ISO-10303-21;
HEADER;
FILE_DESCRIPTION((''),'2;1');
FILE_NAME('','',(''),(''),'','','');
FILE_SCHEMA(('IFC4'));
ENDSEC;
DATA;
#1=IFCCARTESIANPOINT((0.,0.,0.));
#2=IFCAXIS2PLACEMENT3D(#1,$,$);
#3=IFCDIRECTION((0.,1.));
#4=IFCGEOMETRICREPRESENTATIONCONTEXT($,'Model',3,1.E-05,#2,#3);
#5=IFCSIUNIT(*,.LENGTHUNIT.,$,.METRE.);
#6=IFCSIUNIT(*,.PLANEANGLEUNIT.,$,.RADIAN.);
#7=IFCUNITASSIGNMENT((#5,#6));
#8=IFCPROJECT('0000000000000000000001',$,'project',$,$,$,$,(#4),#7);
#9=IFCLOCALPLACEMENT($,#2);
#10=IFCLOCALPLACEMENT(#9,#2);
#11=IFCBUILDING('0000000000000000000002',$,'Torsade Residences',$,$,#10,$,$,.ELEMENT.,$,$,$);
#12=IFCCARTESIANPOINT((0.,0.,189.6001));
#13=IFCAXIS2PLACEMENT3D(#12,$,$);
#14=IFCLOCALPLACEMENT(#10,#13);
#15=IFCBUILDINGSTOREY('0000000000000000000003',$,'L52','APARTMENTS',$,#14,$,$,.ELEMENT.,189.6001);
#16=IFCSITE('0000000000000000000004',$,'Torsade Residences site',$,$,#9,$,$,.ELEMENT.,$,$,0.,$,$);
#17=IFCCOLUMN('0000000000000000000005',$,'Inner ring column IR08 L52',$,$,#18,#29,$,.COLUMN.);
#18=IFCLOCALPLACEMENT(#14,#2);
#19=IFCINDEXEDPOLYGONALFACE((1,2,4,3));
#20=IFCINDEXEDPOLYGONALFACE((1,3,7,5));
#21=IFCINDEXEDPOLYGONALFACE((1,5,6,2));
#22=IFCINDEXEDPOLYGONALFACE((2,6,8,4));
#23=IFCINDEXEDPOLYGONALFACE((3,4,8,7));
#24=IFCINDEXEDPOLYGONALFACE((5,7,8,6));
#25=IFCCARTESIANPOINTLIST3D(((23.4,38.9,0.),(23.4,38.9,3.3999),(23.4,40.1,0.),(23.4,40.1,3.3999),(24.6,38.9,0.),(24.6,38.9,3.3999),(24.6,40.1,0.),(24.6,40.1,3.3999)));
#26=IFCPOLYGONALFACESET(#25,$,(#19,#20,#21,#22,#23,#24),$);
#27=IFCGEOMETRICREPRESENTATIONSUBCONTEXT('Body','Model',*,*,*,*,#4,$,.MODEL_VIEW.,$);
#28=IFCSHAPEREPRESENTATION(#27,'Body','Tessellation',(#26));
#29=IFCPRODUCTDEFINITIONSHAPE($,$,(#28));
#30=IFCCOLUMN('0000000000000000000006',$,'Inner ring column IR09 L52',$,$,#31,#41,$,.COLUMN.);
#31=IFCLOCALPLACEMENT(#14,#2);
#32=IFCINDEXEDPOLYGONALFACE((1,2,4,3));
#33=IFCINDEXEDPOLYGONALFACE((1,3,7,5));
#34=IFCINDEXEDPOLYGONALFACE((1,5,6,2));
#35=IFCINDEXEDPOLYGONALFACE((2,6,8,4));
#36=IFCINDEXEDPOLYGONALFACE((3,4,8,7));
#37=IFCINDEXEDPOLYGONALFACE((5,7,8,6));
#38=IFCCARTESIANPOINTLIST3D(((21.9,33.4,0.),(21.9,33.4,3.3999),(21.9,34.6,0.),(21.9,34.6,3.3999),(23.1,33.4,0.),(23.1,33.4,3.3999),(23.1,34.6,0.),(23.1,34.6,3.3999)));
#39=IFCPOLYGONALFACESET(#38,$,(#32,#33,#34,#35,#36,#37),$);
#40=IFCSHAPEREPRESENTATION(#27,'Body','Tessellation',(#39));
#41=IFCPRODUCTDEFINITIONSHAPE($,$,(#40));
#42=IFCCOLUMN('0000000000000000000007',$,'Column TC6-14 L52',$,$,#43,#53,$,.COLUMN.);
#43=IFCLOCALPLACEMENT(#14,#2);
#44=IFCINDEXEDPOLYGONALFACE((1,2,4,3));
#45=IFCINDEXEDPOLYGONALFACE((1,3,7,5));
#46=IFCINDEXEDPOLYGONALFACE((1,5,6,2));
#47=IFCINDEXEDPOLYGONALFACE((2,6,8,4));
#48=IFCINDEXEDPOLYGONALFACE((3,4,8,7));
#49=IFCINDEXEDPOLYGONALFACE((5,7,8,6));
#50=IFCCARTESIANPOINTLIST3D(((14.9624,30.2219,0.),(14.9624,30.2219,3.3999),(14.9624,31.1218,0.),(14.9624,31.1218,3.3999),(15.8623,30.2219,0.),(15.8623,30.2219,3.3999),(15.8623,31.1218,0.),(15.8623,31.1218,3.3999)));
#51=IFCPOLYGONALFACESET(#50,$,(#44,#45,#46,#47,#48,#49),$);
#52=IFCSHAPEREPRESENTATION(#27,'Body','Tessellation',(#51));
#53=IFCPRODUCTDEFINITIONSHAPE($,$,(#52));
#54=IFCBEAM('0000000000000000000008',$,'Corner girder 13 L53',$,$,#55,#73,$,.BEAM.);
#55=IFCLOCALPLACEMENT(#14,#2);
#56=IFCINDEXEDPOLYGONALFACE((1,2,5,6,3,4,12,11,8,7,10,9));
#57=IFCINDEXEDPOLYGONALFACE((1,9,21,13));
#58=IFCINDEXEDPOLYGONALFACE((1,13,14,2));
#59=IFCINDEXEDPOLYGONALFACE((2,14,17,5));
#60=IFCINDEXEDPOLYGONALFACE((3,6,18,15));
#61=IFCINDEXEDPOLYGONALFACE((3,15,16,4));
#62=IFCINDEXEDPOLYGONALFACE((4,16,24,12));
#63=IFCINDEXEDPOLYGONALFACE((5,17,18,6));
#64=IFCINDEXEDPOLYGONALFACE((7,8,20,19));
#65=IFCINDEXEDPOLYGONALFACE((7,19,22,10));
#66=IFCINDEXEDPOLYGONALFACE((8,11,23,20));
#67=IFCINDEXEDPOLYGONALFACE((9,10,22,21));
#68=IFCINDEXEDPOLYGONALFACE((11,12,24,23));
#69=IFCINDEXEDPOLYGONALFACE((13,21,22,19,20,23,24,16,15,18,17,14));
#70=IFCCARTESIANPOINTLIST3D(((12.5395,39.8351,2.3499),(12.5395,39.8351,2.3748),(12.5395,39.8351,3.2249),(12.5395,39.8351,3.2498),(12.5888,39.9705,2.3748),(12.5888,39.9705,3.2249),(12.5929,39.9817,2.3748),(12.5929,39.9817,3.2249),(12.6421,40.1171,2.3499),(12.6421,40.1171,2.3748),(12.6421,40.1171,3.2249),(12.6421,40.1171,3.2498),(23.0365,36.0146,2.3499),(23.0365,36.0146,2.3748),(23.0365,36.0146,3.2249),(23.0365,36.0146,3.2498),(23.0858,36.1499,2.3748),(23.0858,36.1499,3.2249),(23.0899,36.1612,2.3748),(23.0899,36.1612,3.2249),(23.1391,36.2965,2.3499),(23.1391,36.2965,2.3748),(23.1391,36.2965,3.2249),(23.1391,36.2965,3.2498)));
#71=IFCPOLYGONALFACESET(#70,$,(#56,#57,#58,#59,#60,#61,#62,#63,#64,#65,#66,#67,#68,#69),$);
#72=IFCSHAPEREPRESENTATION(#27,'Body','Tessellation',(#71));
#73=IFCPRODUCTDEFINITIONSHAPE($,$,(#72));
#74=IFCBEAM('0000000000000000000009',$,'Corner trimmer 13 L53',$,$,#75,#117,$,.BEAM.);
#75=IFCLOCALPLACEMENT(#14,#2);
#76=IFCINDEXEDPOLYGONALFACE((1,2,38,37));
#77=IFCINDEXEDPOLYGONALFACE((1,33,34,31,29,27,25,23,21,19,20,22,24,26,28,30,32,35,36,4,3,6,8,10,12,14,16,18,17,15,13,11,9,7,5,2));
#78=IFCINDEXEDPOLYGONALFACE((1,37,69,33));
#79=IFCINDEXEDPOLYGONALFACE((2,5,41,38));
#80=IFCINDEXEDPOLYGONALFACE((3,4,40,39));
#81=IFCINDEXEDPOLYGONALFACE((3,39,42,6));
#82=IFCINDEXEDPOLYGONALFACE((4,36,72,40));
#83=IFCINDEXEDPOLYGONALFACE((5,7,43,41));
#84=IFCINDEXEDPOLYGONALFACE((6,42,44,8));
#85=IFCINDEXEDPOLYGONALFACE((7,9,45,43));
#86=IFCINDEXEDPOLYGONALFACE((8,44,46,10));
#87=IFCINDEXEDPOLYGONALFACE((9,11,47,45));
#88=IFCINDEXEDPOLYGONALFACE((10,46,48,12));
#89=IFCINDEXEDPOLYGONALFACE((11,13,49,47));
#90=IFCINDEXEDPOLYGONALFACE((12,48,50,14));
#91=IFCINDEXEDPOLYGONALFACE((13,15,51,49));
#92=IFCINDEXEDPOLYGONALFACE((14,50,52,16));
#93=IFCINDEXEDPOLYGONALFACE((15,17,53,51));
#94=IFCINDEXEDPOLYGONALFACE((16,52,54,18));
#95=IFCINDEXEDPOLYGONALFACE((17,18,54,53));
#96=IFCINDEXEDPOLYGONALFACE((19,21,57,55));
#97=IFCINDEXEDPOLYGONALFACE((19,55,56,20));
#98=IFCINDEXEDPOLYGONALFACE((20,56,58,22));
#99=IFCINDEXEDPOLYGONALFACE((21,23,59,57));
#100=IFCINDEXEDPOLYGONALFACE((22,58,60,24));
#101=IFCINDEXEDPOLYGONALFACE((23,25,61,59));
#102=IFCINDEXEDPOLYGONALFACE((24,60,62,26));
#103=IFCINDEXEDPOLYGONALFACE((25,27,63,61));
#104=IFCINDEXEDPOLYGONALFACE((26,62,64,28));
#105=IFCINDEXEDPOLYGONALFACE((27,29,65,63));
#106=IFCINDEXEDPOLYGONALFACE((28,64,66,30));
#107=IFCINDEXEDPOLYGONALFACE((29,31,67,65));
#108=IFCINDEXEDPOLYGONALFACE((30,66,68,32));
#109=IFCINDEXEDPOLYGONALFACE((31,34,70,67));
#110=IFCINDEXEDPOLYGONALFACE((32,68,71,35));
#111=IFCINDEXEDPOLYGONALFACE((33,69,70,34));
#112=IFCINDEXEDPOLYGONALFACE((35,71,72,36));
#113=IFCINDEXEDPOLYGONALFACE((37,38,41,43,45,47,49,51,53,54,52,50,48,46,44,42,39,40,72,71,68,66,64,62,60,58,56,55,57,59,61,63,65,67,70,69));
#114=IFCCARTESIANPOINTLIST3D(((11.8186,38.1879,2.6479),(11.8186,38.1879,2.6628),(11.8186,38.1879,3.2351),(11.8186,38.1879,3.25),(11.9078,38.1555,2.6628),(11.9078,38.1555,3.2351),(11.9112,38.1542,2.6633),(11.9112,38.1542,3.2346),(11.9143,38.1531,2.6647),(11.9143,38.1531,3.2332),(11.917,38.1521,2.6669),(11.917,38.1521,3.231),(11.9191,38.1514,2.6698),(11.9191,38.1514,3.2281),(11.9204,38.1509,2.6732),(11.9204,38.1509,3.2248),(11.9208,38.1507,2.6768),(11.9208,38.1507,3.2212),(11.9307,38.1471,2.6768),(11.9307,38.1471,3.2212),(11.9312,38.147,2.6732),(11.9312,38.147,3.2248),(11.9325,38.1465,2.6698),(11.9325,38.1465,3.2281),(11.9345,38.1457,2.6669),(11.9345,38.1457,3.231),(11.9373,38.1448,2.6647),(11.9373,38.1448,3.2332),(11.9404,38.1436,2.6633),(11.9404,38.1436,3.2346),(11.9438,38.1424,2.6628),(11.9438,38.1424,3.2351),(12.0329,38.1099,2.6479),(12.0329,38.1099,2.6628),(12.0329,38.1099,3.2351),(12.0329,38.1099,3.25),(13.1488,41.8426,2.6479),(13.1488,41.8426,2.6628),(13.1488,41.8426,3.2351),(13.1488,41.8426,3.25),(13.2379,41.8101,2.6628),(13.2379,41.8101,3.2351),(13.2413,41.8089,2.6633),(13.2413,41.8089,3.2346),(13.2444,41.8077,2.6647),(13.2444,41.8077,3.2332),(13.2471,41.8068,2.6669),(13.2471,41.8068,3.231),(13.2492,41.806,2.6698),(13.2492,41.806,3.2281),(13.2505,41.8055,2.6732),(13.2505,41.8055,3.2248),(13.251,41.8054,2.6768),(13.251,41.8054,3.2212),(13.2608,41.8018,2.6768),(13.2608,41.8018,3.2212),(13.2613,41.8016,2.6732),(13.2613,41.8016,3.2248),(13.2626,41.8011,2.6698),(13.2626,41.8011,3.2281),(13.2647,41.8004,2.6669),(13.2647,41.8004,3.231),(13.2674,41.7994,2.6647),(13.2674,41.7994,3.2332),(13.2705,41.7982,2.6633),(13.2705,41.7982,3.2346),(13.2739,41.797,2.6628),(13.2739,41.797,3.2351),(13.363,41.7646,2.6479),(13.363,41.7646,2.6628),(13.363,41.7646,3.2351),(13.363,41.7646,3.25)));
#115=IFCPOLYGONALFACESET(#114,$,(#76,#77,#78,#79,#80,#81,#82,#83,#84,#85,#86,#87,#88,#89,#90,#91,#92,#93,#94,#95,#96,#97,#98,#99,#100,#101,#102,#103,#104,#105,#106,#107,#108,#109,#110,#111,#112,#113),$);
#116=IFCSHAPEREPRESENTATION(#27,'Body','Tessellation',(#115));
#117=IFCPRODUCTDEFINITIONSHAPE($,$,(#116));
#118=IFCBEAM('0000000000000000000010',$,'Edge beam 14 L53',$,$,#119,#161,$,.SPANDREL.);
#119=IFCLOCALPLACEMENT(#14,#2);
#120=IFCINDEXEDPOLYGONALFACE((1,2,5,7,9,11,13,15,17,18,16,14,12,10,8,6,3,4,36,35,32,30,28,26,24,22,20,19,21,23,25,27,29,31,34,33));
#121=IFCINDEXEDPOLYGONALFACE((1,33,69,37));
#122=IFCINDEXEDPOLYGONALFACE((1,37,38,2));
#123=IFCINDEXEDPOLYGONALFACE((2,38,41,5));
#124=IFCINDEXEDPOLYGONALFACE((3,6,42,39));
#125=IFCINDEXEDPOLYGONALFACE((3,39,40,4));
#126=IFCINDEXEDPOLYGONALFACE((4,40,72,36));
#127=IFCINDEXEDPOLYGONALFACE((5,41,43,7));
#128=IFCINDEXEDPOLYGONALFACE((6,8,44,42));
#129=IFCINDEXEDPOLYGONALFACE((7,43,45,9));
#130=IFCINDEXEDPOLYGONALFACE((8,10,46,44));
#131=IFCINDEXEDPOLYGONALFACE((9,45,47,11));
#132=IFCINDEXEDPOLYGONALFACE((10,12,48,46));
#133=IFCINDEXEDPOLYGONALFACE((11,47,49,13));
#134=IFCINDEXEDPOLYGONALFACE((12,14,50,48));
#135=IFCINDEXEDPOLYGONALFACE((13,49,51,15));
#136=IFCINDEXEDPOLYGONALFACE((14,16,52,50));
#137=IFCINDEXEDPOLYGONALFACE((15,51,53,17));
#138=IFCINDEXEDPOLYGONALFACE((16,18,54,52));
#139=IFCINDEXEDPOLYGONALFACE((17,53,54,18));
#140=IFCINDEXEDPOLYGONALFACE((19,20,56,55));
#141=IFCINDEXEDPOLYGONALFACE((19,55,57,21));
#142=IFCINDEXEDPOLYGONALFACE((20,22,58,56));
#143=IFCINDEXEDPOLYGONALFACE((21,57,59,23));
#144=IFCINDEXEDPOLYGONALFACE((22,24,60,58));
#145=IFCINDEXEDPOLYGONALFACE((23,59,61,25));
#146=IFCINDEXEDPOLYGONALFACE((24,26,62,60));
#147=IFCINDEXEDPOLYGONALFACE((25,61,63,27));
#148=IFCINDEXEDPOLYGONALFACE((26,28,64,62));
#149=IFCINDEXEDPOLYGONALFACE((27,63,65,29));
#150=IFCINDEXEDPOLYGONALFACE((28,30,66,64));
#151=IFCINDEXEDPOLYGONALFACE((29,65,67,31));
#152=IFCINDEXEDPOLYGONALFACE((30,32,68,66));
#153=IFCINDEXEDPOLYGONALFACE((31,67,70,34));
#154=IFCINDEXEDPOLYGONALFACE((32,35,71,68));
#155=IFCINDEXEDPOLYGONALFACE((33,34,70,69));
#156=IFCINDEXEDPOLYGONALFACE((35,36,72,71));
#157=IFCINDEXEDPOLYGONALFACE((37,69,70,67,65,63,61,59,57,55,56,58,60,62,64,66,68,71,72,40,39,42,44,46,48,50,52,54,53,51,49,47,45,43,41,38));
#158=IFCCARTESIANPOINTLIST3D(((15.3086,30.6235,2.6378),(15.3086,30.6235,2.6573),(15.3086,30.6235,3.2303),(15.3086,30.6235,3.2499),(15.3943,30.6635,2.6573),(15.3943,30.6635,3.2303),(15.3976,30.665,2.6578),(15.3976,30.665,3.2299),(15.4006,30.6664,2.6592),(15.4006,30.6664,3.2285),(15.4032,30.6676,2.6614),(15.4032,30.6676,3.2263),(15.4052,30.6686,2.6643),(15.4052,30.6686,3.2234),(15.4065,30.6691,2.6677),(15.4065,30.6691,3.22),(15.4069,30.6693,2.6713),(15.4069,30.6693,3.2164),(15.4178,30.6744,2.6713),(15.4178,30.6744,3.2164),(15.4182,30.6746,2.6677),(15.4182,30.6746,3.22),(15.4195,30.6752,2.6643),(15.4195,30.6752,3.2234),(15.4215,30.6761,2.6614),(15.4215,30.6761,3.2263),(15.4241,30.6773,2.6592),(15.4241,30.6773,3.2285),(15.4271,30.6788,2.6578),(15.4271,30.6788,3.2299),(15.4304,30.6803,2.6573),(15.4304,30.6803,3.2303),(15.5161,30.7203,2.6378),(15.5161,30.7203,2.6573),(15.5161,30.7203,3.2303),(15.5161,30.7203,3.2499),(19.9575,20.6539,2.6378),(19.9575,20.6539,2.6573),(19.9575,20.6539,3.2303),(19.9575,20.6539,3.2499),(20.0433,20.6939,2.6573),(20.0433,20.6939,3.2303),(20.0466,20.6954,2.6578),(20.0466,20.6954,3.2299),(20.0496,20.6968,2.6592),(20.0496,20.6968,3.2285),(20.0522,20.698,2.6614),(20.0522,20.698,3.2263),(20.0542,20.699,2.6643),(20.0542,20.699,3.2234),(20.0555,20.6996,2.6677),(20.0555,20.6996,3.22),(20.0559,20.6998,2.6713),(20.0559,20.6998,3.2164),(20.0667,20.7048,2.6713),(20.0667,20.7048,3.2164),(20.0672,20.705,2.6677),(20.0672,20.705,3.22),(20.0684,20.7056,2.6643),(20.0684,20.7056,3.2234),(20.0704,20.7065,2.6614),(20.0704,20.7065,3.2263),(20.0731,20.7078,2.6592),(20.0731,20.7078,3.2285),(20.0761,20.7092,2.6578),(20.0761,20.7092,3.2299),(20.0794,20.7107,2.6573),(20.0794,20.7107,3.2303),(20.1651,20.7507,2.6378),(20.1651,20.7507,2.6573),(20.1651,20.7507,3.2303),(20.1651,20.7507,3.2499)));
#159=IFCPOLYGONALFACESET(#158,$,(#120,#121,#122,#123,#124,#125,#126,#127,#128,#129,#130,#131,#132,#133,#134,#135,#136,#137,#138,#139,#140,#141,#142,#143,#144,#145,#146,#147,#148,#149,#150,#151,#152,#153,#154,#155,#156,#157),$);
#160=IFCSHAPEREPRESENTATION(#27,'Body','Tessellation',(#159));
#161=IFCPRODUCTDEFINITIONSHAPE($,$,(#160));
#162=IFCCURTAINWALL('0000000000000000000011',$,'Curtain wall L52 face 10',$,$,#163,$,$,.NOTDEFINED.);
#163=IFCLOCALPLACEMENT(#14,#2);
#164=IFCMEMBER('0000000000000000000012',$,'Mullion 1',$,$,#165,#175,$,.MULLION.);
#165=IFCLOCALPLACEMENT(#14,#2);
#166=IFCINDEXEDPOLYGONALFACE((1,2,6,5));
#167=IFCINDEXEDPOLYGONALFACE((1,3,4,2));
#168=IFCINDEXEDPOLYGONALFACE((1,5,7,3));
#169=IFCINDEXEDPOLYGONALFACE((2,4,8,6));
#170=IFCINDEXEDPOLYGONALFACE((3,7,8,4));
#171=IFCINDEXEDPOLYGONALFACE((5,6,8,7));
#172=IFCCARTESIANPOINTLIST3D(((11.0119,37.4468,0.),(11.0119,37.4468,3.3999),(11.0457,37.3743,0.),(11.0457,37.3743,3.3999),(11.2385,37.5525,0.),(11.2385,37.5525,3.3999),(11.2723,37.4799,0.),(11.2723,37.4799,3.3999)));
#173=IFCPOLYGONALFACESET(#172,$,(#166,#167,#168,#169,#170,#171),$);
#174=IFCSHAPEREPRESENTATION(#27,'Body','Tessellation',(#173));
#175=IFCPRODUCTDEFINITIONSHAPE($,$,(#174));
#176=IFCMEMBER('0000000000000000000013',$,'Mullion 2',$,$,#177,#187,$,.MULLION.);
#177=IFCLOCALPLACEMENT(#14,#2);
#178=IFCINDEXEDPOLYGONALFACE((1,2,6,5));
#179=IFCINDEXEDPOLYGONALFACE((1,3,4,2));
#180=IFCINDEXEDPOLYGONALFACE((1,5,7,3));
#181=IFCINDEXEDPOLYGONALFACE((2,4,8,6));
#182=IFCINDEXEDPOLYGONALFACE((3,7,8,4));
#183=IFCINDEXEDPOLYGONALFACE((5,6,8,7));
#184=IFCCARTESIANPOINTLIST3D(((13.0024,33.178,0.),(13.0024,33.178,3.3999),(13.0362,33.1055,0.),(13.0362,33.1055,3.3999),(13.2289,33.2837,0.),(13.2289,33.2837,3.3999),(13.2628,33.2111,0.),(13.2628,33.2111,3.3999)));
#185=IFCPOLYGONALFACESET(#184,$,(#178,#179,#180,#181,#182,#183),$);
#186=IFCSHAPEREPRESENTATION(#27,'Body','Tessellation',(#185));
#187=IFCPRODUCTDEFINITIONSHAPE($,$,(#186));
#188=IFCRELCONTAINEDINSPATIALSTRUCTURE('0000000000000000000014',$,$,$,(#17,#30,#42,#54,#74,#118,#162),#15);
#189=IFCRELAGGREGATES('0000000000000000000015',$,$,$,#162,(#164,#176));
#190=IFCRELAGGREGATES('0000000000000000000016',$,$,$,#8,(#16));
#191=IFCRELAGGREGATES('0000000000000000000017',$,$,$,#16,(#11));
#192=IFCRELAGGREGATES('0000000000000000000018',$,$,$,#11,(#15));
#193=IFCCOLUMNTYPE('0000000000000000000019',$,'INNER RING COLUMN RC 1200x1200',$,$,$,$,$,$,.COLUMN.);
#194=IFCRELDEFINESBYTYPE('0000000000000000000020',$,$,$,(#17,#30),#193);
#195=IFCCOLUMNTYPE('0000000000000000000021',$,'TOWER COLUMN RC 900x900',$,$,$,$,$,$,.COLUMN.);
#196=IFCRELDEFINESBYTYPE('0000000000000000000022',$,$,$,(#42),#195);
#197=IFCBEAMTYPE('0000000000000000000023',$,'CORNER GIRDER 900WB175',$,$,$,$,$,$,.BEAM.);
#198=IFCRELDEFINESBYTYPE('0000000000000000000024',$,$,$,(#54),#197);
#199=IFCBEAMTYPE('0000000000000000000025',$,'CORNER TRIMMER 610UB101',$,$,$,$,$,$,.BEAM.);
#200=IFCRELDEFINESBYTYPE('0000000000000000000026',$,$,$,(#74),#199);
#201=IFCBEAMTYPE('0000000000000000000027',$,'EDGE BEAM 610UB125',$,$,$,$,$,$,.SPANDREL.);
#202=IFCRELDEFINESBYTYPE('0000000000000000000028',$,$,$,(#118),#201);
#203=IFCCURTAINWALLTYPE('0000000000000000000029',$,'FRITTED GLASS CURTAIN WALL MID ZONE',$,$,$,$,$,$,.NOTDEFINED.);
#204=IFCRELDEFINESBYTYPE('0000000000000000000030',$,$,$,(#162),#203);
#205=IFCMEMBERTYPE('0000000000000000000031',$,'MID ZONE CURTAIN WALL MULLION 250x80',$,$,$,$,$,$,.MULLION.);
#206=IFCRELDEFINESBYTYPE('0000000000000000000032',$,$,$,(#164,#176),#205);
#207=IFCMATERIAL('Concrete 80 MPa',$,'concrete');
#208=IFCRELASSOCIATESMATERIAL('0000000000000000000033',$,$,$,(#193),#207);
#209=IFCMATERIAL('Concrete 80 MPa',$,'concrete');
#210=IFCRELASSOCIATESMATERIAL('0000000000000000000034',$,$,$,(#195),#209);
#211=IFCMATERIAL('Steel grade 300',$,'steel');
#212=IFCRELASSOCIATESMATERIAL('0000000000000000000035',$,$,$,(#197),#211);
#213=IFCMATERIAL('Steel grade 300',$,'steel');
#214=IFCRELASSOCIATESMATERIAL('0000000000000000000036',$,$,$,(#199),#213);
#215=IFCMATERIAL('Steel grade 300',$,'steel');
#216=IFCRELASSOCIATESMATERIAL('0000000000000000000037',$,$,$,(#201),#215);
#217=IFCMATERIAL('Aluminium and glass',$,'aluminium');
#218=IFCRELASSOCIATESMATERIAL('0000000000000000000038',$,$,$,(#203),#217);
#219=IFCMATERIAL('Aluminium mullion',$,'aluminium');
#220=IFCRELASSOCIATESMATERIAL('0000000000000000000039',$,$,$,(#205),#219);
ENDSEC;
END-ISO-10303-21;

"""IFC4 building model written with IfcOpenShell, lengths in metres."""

from ifc_helpers import new_model, si_unit, direction, frame, origin, origin_2d, place, context, subcontext, project, spatial, rectangle, i_section, extrude, material, material_profile, profile_set, type_object, element, aggregate, save


model = new_model("IFC4")

# Units and contexts
model_context = context("Model", 3, precision=1e-05, world=origin(), true_north=direction((0.0, 1.0)))
body_context = subcontext(model_context, "Body", "Model", "MODEL_VIEW")
ifc_project = project(units=[si_unit("LENGTHUNIT", "METRE"), si_unit("PLANEANGLEUNIT", "RADIAN")], contexts=[model_context])

# Site, building, storey
site_placement = place(None, origin())
site = spatial("IfcSite", under=ifc_project, at=site_placement, Name="Torsade Residences site", CompositionType="ELEMENT", RefElevation=0.0)
building_placement = place(site_placement, origin())
building = spatial("IfcBuilding", under=site, at=building_placement, Name="Torsade Residences", CompositionType="ELEMENT")
storey_placement = place(building_placement, frame((0.0, 0.0, 189.6001)))
storey = spatial("IfcBuildingStorey", under=building, at=storey_placement, Name="L52", Description="APARTMENTS", CompositionType="ELEMENT", Elevation=189.6001)

# Columns
ifc_material_1 = material(Name="Concrete 80 MPa", Category="concrete")
ifc_material_profile_1 = material_profile(ifc_material_1, rectangle(XDim=1.2, YDim=1.2, at=origin_2d()), Name="RC 1200x1200")
ifc_profile_set_1 = profile_set([ifc_material_profile_1], Name="Concrete 80 MPa")
column_type_1 = type_object("IfcColumnType", Name="INNER RING COLUMN RC 1200x1200", PredefinedType="COLUMN", material=ifc_profile_set_1)
for number, where, z_axis, x_axis, name in (
    (1, (24.0, 39.5, 0.0), (0.0, 0.0, 1.0), (1.0, 0.0, 0.0), "Inner ring column IR08 L52"),
    (2, (22.5, 34.0, 0.0), (0.0, 0.0, 1.0), (1.0, 0.0, 0.0), "Inner ring column IR09 L52"),
):
    element("IfcColumn", number, at=place(storey_placement, frame(where, z_axis=z_axis, x_axis=x_axis)), inside=storey, type_object=column_type_1, Name=name, PredefinedType="COLUMN", context=body_context, shape_type="SweptSolid", body=[
        extrude(rectangle(XDim=1.2, YDim=1.2, at=origin_2d()), origin(), (0.0, 0.0, 1.0), 3.3999),
    ])
ifc_material_2 = material(Name="Concrete 80 MPa", Category="concrete")
ifc_material_profile_2 = material_profile(ifc_material_2, rectangle(XDim=0.8999, YDim=0.8999, at=origin_2d()), Name="RC 900x900")
ifc_profile_set_2 = profile_set([ifc_material_profile_2], Name="Concrete 80 MPa")
column_type_2 = type_object("IfcColumnType", Name="TOWER COLUMN RC 900x900", PredefinedType="COLUMN", material=ifc_profile_set_2)
column_placement = place(storey_placement, frame((15.4124, 30.6719, 0.0), z_axis=(0.0, 0.0, 1.0), x_axis=(1.0, 0.0, 0.0)))
element("IfcColumn", 3, at=column_placement, inside=storey, type_object=column_type_2, Name="Column TC6-14 L52", PredefinedType="COLUMN", context=body_context, shape_type="SweptSolid", body=[
    extrude(rectangle(XDim=0.8999, YDim=0.8999, at=origin_2d()), origin(), (0.0, 0.0, 1.0), 3.3999),
])

# Beams
ifc_material_3 = material(Name="Steel grade 300", Category="steel")
ifc_material_profile_3 = material_profile(ifc_material_3, i_section(OverallWidth=0.3, OverallDepth=0.8999, WebThickness=0.012, FlangeThickness=0.0249, at=origin_2d()), Name="900WB175")
ifc_profile_set_3 = profile_set([ifc_material_profile_3], Name="Steel grade 300")
beam_type_1 = type_object("IfcBeamType", Name="CORNER GIRDER 900WB175", PredefinedType="BEAM", material=ifc_profile_set_3)
beam_1_placement = place(storey_placement, frame((12.5908, 39.9761, 2.7998), z_axis=(0.939694, -0.342015, 0.0), x_axis=(0.342015, 0.939694, 0.0)))
element("IfcBeam", 4, at=beam_1_placement, inside=storey, type_object=beam_type_1, Name="Corner girder 13 L53", PredefinedType="BEAM", context=body_context, shape_type="SweptSolid", body=[
    extrude(i_section(OverallWidth=0.3, OverallDepth=0.8999, WebThickness=0.012, FlangeThickness=0.0249, at=origin_2d()), origin(), (0.0, 0.0, 1.0), 11.1707),
])
ifc_material_4 = material(Name="Steel grade 300", Category="steel")
ifc_material_profile_4 = material_profile(ifc_material_4, i_section(OverallWidth=0.228, OverallDepth=0.6021, WebThickness=0.0105, FlangeThickness=0.0149, FilletRadius=0.0139, at=origin_2d()), Name="610UB101")
ifc_profile_set_4 = profile_set([ifc_material_profile_4], Name="Steel grade 300")
beam_type_2 = type_object("IfcBeamType", Name="CORNER TRIMMER 610UB101", PredefinedType="BEAM", material=ifc_profile_set_4)
beam_2_placement = place(storey_placement, frame((11.9258, 38.1489, 2.949), z_axis=(0.342005, 0.939698, 0.0), x_axis=(-0.939698, 0.342005, 0.0)))
element("IfcBeam", 5, at=beam_2_placement, inside=storey, type_object=beam_type_2, Name="Corner trimmer 13 L53", PredefinedType="BEAM", context=body_context, shape_type="SweptSolid", body=[
    extrude(i_section(OverallWidth=0.228, OverallDepth=0.6021, WebThickness=0.0105, FlangeThickness=0.0149, FilletRadius=0.0139, at=origin_2d()), origin(), (0.0, 0.0, 1.0), 3.8892),
])
ifc_material_5 = material(Name="Steel grade 300", Category="steel")
ifc_material_profile_5 = material_profile(ifc_material_5, i_section(OverallWidth=0.229, OverallDepth=0.6121, WebThickness=0.012, FlangeThickness=0.0195, FilletRadius=0.0139, at=origin_2d()), Name="610UB125")
ifc_profile_set_5 = profile_set([ifc_material_profile_5], Name="Steel grade 300")
beam_type_3 = type_object("IfcBeamType", Name="EDGE BEAM 610UB125", PredefinedType="SPANDREL", material=ifc_profile_set_5)
beam_3_placement = place(storey_placement, frame((15.4124, 30.6719, 2.9438), z_axis=(0.422624, -0.906305, 0.0), x_axis=(0.906305, 0.422624, 0.0)))
element("IfcBeam", 6, at=beam_3_placement, inside=storey, type_object=beam_type_3, Name="Edge beam 14 L53", PredefinedType="SPANDREL", context=body_context, shape_type="SweptSolid", body=[
    extrude(i_section(OverallWidth=0.229, OverallDepth=0.6121, WebThickness=0.012, FlangeThickness=0.0195, FilletRadius=0.0139, at=origin_2d()), origin(), (0.0, 0.0, 1.0), 11.0002),
])

# Curtain wall, members
ifc_material_6 = material(Name="Aluminium and glass", Category="aluminium")
curtain_wall_type = type_object("IfcCurtainWallType", Name="FRITTED GLASS CURTAIN WALL MID ZONE", PredefinedType="NOTDEFINED", material=ifc_material_6)
curtain_wall_placement = place(storey_placement, origin())
curtain_wall = element("IfcCurtainWall", 7, at=curtain_wall_placement, inside=storey, type_object=curtain_wall_type, Name="Curtain wall L52 face 10", PredefinedType="NOTDEFINED")
ifc_material_7 = material(Name="Aluminium mullion", Category="aluminium")
ifc_material_profile_6 = material_profile(ifc_material_7, rectangle(XDim=0.25, YDim=0.0801, at=origin_2d()), Name="MID ZONE CURTAIN WALL MULLION 250x80")
ifc_profile_set_6 = profile_set([ifc_material_profile_6], Name="Aluminium mullion")
member_type_1 = type_object("IfcMemberType", Name="MID ZONE CURTAIN WALL MULLION 250x80", PredefinedType="MULLION", material=ifc_profile_set_6)
member_1_placement = place(storey_placement, frame((11.1421, 37.4634, 0.0), z_axis=(0.0, 0.0, 1.0), x_axis=(0.906308, 0.422618, 0.0)))
member_1 = element("IfcMember", 8, at=member_1_placement, type_object=member_type_1, Name="Mullion 1", PredefinedType="MULLION", context=body_context, shape_type="SweptSolid", body=[
    extrude(rectangle(XDim=0.25, YDim=0.0801, at=origin_2d()), origin(), (0.0, 0.0, 1.0), 3.3999),
])
member_2_placement = place(storey_placement, frame((13.1326, 33.1946, 0.0), z_axis=(0.0, 0.0, 1.0), x_axis=(0.906308, 0.422618, 0.0)))
member_2 = element("IfcMember", 9, at=member_2_placement, type_object=member_type_1, Name="Mullion 2", PredefinedType="MULLION", context=body_context, shape_type="SweptSolid", body=[
    extrude(rectangle(XDim=0.25, YDim=0.0801, at=origin_2d()), origin(), (0.0, 0.0, 1.0), 3.3999),
])

aggregate(curtain_wall, [member_1, member_2])

save(model, "model.ifc")
